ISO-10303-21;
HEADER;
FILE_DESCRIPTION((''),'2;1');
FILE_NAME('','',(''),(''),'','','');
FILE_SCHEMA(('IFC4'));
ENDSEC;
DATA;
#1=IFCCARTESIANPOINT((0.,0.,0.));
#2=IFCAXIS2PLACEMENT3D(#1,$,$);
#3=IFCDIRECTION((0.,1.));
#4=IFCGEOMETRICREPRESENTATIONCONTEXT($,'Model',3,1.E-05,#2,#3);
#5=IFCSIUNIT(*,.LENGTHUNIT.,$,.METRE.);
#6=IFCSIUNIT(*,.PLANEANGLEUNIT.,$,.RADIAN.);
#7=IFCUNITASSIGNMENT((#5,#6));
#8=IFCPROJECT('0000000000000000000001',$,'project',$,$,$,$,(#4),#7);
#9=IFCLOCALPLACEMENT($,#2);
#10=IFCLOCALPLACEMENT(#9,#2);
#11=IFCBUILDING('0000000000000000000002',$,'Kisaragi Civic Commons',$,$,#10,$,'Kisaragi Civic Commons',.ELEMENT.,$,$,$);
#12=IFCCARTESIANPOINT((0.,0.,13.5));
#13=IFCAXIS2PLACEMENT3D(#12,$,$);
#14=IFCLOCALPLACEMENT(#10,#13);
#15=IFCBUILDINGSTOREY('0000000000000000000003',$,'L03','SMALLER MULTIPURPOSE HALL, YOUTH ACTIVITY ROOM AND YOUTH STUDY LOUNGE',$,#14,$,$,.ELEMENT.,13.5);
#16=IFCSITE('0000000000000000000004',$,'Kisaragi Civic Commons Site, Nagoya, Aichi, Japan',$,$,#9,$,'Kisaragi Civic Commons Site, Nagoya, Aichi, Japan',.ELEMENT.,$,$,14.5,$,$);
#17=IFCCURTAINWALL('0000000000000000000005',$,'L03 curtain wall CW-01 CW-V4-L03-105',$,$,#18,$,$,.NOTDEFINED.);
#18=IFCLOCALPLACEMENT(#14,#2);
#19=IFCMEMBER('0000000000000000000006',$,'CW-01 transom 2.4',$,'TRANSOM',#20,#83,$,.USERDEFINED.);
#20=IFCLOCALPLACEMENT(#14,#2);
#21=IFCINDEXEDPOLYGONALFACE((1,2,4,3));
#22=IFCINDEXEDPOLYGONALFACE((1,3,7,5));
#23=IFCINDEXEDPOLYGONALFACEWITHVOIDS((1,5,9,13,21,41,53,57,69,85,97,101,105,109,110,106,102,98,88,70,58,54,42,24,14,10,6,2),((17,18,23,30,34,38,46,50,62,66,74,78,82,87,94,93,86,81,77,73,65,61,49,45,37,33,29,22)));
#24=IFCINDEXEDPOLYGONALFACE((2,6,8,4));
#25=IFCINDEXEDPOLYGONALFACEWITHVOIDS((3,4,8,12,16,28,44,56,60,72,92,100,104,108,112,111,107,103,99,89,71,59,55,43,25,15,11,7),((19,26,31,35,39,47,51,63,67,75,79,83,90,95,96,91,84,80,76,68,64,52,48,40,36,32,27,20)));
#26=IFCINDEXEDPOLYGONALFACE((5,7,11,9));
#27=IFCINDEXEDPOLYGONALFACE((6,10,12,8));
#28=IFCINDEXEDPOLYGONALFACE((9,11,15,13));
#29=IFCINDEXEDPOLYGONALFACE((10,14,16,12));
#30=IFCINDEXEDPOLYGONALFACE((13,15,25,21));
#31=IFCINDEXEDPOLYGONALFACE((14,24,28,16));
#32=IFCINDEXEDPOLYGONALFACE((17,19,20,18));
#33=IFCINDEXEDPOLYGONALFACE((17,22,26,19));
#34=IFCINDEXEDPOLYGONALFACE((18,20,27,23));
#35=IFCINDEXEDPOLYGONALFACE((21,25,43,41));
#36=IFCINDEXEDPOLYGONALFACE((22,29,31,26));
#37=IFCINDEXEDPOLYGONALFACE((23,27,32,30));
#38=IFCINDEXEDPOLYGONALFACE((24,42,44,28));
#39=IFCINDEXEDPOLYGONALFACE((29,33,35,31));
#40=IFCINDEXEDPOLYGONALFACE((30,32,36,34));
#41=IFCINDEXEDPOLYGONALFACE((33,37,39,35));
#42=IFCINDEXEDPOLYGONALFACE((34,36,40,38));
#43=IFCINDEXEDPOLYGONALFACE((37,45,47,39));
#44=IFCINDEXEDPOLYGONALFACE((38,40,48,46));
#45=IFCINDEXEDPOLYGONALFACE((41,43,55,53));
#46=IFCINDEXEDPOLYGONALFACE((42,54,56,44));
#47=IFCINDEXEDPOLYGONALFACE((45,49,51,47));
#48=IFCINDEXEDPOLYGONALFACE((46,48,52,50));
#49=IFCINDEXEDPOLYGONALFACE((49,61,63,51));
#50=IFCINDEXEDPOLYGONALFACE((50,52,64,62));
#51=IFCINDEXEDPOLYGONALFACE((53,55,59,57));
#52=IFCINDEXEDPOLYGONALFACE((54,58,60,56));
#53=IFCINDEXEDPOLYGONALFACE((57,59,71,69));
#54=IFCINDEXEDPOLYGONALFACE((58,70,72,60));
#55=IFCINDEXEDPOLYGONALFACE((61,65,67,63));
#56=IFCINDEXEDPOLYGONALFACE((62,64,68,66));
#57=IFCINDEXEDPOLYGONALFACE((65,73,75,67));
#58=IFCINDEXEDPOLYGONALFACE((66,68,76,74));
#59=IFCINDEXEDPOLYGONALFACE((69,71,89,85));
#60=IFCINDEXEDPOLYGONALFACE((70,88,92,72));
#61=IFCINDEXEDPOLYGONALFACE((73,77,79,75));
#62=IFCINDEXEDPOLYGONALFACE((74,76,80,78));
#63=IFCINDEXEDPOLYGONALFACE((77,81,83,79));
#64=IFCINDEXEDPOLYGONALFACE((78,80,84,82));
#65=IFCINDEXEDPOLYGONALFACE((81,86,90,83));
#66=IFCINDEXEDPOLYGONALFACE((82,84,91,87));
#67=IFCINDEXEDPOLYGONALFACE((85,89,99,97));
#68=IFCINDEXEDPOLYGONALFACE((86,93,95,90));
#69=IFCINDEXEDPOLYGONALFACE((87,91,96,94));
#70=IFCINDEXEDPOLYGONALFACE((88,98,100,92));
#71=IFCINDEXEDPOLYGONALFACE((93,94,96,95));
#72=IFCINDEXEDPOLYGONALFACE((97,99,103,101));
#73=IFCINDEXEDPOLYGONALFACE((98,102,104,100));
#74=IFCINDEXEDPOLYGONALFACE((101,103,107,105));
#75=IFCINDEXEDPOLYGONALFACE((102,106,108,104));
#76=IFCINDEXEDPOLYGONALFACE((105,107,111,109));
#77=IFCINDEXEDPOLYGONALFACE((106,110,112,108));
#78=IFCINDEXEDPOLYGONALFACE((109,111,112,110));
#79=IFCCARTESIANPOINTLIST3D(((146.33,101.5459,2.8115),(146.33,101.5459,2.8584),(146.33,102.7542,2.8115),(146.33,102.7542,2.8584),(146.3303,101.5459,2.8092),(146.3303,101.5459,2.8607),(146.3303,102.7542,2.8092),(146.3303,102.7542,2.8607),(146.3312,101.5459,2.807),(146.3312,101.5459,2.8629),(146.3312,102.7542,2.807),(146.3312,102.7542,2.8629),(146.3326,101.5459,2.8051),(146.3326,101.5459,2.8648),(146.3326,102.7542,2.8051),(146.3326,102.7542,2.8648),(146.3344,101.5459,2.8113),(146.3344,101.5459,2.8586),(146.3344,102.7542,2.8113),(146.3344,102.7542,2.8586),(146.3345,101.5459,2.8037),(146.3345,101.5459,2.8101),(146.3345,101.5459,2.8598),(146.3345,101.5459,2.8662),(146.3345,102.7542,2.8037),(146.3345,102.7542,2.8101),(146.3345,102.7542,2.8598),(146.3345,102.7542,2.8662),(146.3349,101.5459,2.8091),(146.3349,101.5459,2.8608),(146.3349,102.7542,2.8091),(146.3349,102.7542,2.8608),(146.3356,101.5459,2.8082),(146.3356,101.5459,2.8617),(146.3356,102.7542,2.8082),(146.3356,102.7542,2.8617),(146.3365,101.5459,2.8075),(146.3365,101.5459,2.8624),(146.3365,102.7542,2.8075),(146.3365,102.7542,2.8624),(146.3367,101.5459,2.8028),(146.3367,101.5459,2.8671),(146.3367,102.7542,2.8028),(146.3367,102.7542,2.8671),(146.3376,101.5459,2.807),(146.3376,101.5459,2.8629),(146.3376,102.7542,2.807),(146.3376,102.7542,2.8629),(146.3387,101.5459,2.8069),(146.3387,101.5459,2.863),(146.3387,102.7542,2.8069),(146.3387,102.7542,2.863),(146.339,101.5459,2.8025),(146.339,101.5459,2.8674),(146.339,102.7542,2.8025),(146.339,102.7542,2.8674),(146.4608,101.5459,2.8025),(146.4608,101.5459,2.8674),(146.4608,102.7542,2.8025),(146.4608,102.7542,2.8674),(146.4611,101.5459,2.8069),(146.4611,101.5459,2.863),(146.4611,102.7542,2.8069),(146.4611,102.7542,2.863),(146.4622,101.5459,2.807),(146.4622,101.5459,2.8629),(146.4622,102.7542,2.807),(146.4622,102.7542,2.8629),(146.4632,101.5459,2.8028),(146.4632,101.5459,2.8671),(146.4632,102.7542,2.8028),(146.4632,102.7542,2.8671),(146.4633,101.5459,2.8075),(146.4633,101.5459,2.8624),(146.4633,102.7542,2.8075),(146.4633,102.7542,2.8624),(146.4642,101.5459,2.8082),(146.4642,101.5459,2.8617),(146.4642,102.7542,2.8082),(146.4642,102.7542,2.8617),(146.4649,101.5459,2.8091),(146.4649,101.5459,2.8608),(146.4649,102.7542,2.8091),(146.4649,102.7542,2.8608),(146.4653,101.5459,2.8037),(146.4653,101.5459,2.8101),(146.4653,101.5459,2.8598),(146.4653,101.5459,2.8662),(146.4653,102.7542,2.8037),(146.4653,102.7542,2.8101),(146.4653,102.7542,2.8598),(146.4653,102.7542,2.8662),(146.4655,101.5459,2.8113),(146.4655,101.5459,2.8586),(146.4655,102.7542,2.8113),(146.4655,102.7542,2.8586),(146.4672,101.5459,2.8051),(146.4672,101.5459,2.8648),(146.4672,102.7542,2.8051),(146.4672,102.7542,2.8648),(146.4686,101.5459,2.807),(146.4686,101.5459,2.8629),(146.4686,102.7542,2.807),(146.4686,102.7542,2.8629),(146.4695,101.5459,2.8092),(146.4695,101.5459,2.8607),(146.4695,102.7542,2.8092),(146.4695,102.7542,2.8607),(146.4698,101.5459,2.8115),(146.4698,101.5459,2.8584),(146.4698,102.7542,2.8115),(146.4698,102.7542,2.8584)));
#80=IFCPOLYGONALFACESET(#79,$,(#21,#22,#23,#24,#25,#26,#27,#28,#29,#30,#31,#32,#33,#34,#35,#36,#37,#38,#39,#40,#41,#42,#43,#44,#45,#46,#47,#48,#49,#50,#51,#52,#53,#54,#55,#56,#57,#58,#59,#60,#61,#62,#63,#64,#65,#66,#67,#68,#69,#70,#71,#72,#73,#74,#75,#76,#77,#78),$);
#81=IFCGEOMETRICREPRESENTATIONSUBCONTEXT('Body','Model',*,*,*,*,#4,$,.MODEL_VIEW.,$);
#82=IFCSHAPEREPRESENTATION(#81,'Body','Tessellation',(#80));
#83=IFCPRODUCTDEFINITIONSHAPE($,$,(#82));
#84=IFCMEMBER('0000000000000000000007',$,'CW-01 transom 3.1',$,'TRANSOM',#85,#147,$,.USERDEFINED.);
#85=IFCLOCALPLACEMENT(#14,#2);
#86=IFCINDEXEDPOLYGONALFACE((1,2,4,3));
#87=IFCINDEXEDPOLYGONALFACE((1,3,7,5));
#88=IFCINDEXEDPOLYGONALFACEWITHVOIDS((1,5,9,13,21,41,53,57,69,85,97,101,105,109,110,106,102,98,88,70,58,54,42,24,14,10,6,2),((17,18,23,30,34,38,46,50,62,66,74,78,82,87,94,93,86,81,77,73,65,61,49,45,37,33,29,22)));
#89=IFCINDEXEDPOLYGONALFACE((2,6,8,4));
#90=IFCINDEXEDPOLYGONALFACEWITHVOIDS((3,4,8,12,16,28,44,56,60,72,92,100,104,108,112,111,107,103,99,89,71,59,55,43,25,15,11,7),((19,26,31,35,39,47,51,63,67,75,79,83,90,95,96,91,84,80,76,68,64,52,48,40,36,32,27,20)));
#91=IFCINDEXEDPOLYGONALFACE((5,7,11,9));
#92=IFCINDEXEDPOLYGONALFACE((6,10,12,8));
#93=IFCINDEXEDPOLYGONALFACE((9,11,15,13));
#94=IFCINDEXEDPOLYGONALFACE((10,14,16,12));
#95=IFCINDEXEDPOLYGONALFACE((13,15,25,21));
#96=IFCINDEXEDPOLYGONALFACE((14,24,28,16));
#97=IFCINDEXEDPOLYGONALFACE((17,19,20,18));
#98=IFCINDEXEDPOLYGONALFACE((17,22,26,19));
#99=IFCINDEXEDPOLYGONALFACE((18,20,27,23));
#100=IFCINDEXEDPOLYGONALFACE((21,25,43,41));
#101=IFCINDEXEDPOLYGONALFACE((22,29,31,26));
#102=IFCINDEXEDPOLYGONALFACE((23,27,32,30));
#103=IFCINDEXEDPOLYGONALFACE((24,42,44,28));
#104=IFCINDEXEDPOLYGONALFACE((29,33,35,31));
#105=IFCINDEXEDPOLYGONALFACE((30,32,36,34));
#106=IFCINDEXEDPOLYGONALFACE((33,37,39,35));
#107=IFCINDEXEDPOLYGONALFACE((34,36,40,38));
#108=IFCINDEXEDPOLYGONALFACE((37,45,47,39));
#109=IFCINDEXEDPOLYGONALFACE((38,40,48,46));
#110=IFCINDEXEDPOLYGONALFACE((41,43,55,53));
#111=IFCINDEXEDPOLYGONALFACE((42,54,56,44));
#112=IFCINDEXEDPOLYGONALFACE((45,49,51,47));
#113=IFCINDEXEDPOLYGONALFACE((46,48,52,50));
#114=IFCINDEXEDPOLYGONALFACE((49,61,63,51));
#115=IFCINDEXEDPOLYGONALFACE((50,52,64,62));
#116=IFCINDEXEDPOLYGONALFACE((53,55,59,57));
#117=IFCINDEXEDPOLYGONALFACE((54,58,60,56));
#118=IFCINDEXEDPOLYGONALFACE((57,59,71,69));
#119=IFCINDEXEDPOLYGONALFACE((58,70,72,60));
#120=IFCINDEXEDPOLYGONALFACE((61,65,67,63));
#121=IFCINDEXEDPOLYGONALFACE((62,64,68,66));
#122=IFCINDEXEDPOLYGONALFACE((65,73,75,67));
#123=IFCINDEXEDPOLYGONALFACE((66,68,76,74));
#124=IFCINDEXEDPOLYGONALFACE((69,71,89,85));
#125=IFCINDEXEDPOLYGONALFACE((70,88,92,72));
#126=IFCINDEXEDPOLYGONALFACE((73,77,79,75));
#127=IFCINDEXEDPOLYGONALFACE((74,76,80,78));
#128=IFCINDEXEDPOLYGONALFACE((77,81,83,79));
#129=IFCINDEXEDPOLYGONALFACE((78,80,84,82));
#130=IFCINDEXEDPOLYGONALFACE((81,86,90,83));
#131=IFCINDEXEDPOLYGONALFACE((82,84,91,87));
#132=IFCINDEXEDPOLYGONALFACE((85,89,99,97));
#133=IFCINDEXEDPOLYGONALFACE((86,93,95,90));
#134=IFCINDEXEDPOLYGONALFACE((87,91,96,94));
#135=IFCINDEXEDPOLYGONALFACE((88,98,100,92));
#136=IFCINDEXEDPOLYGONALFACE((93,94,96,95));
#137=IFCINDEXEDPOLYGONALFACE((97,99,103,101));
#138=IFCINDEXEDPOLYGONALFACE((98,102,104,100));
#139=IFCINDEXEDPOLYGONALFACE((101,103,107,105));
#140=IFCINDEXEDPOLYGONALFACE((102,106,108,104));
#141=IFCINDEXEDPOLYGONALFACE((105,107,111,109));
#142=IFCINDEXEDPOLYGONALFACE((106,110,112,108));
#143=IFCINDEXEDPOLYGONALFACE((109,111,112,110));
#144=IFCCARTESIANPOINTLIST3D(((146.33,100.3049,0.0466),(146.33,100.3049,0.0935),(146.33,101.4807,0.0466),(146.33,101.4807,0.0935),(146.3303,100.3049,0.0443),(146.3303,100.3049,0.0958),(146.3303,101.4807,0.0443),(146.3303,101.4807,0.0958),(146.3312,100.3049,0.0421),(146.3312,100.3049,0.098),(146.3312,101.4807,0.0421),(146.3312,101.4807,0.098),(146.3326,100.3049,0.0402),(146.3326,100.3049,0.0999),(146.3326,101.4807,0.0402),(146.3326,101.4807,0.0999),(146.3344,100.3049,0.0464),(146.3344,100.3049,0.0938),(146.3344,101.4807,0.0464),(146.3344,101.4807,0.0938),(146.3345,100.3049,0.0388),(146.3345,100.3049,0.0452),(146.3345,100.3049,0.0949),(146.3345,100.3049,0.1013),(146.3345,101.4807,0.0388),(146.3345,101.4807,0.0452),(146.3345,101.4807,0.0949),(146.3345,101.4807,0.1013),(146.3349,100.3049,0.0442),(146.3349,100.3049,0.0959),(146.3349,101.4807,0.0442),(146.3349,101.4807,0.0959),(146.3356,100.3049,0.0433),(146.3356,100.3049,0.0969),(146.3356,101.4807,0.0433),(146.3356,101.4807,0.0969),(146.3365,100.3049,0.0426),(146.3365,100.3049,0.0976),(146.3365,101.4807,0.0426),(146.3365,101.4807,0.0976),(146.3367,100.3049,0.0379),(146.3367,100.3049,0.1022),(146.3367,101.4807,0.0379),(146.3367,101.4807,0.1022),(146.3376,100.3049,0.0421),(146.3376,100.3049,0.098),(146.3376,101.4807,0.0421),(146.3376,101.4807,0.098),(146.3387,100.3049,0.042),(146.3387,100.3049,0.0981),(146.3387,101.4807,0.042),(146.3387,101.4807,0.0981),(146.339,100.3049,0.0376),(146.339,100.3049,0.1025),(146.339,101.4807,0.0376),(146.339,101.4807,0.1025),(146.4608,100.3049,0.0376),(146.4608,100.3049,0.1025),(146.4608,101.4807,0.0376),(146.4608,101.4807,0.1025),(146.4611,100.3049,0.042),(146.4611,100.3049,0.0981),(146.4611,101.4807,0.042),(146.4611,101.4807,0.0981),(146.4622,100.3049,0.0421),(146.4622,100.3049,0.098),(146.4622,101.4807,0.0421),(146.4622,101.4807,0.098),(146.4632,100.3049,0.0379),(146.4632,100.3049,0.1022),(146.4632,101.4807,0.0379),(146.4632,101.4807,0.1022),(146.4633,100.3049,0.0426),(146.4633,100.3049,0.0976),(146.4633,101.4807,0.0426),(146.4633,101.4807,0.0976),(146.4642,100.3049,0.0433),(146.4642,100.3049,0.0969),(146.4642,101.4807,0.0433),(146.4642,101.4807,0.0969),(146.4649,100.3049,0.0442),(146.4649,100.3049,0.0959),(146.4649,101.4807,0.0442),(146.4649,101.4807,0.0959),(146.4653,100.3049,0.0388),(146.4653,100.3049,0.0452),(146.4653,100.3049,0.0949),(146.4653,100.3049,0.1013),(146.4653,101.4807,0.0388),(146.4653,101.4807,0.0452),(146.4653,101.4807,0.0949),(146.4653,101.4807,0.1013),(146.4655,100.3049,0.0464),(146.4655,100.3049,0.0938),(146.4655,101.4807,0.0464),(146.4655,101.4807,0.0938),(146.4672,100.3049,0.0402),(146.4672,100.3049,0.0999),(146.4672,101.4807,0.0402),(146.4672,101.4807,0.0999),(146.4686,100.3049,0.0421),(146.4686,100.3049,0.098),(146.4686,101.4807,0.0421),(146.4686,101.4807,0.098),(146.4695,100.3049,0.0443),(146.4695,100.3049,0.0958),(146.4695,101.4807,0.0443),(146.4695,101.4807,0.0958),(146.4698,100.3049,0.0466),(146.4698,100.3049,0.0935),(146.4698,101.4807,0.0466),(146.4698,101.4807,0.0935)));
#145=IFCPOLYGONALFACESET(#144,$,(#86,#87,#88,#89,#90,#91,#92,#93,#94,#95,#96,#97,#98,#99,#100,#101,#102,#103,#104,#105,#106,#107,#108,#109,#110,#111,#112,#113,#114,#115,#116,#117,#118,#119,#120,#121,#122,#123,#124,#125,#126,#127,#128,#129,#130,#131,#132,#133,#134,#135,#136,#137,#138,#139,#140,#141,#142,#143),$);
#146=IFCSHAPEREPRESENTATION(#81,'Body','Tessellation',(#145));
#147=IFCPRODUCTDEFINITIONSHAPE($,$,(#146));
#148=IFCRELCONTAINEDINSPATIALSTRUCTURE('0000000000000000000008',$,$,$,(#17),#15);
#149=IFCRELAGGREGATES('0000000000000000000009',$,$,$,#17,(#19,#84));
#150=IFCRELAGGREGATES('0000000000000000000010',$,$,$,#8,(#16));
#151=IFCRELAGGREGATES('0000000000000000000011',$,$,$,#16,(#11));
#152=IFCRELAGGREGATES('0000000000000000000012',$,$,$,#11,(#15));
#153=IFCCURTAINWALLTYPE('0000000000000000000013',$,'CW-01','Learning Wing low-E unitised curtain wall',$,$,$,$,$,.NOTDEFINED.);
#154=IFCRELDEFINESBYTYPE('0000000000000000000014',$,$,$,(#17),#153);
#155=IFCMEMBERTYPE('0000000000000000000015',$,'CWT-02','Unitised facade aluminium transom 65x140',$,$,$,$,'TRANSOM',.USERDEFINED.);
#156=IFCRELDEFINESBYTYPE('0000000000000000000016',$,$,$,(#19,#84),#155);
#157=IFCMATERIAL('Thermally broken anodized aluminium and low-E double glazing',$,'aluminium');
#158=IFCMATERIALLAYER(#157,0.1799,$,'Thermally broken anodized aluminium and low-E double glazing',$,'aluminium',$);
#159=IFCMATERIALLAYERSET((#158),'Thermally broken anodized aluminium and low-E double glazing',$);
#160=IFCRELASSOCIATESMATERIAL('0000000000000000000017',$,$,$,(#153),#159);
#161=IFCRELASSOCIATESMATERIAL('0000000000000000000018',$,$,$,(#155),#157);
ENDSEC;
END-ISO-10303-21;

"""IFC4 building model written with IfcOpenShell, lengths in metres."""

from ifc_helpers import new_model, si_unit, direction, frame, origin, origin_2d, place, context, subcontext, project, spatial, hollow_rectangle, extrude, material, layer, layer_set, material_profile, profile_set, type_object, element, aggregate, save


model = new_model("IFC4")

# Units and contexts
model_context = context("Model", 3, precision=1e-05, world=origin(), true_north=direction((0.0, 1.0)))
body_context = subcontext(model_context, "Body", "Model", "MODEL_VIEW")
ifc_project = project(units=[si_unit("LENGTHUNIT", "METRE"), si_unit("PLANEANGLEUNIT", "RADIAN")], contexts=[model_context])

# Site, building, storey
site_placement = place(None, origin())
site = spatial("IfcSite", under=ifc_project, at=site_placement, Name="Kisaragi Civic Commons Site, Nagoya, Aichi, Japan", LongName="Kisaragi Civic Commons Site, Nagoya, Aichi, Japan", CompositionType="ELEMENT", RefElevation=14.5)
building_placement = place(site_placement, origin())
building = spatial("IfcBuilding", under=site, at=building_placement, Name="Kisaragi Civic Commons", LongName="Kisaragi Civic Commons", CompositionType="ELEMENT")
storey_placement = place(building_placement, frame((0.0, 0.0, 13.5)))
storey = spatial("IfcBuildingStorey", under=building, at=storey_placement, Name="L03", Description="SMALLER MULTIPURPOSE HALL, YOUTH ACTIVITY ROOM AND YOUTH STUDY LOUNGE", CompositionType="ELEMENT", Elevation=13.5)

# Curtain wall, members
ifc_material_1 = material(Name="Thermally broken anodized aluminium and low-E double glazing", Category="aluminium")
ifc_layer_1 = layer(ifc_material_1, 0.1799, Name="Thermally broken anodized aluminium and low-E double glazing", Category="aluminium")
ifc_layer_set_1 = layer_set([ifc_layer_1], Name="Thermally broken anodized aluminium and low-E double glazing")
curtain_wall_type = type_object("IfcCurtainWallType", Name="CW-01", Description="Learning Wing low-E unitised curtain wall", PredefinedType="NOTDEFINED", material=ifc_layer_set_1)
curtain_wall_placement = place(storey_placement, origin())
curtain_wall = element("IfcCurtainWall", 1, at=curtain_wall_placement, inside=storey, type_object=curtain_wall_type, Name="L03 curtain wall CW-01 CW-V4-L03-105", PredefinedType="NOTDEFINED")
ifc_material_profile_1 = material_profile(ifc_material_1, hollow_rectangle(XDim=0.1399, YDim=0.0649, WallThickness=0.0044, InnerFilletRadius=0.0044, OuterFilletRadius=0.009, at=origin_2d()), Name="CWT-65x140x4.5", Category="aluminium")
ifc_profile_set_1 = profile_set([ifc_material_profile_1], Name="Thermally broken anodized aluminium and low-E double glazing")
member_type_1 = type_object("IfcMemberType", Name="CWT-02", Description="Unitised facade aluminium transom 65x140", ElementType="TRANSOM", PredefinedType="USERDEFINED", material=ifc_profile_set_1)
member_1_placement = place(storey_placement, frame((146.3999, 102.7542, 2.835), z_axis=(0.0, -1.0, 0.0), x_axis=(1.0, 0.0, 0.0)))
member_1 = element("IfcMember", 2, at=member_1_placement, type_object=member_type_1, Name="CW-01 transom 2.4", ObjectType="TRANSOM", PredefinedType="USERDEFINED", context=body_context, shape_type="SweptSolid", body=[
    extrude(hollow_rectangle(XDim=0.1399, YDim=0.0649, WallThickness=0.0044, InnerFilletRadius=0.0044, OuterFilletRadius=0.009, at=origin_2d()), origin(), (0.0, 0.0, 1.0), 1.2083),
])
member_2_placement = place(storey_placement, frame((146.3999, 101.4807, 0.0701), z_axis=(0.0, -1.0, 0.0), x_axis=(1.0, 0.0, 0.0)))
member_2 = element("IfcMember", 3, at=member_2_placement, type_object=member_type_1, Name="CW-01 transom 3.1", ObjectType="TRANSOM", PredefinedType="USERDEFINED", context=body_context, shape_type="SweptSolid", body=[
    extrude(hollow_rectangle(XDim=0.1399, YDim=0.0649, WallThickness=0.0044, InnerFilletRadius=0.0044, OuterFilletRadius=0.009, at=origin_2d()), origin(), (0.0, 0.0, 1.0), 1.1758),
])
aggregate(curtain_wall, [member_1, member_2])

save(model, "model.ifc")
